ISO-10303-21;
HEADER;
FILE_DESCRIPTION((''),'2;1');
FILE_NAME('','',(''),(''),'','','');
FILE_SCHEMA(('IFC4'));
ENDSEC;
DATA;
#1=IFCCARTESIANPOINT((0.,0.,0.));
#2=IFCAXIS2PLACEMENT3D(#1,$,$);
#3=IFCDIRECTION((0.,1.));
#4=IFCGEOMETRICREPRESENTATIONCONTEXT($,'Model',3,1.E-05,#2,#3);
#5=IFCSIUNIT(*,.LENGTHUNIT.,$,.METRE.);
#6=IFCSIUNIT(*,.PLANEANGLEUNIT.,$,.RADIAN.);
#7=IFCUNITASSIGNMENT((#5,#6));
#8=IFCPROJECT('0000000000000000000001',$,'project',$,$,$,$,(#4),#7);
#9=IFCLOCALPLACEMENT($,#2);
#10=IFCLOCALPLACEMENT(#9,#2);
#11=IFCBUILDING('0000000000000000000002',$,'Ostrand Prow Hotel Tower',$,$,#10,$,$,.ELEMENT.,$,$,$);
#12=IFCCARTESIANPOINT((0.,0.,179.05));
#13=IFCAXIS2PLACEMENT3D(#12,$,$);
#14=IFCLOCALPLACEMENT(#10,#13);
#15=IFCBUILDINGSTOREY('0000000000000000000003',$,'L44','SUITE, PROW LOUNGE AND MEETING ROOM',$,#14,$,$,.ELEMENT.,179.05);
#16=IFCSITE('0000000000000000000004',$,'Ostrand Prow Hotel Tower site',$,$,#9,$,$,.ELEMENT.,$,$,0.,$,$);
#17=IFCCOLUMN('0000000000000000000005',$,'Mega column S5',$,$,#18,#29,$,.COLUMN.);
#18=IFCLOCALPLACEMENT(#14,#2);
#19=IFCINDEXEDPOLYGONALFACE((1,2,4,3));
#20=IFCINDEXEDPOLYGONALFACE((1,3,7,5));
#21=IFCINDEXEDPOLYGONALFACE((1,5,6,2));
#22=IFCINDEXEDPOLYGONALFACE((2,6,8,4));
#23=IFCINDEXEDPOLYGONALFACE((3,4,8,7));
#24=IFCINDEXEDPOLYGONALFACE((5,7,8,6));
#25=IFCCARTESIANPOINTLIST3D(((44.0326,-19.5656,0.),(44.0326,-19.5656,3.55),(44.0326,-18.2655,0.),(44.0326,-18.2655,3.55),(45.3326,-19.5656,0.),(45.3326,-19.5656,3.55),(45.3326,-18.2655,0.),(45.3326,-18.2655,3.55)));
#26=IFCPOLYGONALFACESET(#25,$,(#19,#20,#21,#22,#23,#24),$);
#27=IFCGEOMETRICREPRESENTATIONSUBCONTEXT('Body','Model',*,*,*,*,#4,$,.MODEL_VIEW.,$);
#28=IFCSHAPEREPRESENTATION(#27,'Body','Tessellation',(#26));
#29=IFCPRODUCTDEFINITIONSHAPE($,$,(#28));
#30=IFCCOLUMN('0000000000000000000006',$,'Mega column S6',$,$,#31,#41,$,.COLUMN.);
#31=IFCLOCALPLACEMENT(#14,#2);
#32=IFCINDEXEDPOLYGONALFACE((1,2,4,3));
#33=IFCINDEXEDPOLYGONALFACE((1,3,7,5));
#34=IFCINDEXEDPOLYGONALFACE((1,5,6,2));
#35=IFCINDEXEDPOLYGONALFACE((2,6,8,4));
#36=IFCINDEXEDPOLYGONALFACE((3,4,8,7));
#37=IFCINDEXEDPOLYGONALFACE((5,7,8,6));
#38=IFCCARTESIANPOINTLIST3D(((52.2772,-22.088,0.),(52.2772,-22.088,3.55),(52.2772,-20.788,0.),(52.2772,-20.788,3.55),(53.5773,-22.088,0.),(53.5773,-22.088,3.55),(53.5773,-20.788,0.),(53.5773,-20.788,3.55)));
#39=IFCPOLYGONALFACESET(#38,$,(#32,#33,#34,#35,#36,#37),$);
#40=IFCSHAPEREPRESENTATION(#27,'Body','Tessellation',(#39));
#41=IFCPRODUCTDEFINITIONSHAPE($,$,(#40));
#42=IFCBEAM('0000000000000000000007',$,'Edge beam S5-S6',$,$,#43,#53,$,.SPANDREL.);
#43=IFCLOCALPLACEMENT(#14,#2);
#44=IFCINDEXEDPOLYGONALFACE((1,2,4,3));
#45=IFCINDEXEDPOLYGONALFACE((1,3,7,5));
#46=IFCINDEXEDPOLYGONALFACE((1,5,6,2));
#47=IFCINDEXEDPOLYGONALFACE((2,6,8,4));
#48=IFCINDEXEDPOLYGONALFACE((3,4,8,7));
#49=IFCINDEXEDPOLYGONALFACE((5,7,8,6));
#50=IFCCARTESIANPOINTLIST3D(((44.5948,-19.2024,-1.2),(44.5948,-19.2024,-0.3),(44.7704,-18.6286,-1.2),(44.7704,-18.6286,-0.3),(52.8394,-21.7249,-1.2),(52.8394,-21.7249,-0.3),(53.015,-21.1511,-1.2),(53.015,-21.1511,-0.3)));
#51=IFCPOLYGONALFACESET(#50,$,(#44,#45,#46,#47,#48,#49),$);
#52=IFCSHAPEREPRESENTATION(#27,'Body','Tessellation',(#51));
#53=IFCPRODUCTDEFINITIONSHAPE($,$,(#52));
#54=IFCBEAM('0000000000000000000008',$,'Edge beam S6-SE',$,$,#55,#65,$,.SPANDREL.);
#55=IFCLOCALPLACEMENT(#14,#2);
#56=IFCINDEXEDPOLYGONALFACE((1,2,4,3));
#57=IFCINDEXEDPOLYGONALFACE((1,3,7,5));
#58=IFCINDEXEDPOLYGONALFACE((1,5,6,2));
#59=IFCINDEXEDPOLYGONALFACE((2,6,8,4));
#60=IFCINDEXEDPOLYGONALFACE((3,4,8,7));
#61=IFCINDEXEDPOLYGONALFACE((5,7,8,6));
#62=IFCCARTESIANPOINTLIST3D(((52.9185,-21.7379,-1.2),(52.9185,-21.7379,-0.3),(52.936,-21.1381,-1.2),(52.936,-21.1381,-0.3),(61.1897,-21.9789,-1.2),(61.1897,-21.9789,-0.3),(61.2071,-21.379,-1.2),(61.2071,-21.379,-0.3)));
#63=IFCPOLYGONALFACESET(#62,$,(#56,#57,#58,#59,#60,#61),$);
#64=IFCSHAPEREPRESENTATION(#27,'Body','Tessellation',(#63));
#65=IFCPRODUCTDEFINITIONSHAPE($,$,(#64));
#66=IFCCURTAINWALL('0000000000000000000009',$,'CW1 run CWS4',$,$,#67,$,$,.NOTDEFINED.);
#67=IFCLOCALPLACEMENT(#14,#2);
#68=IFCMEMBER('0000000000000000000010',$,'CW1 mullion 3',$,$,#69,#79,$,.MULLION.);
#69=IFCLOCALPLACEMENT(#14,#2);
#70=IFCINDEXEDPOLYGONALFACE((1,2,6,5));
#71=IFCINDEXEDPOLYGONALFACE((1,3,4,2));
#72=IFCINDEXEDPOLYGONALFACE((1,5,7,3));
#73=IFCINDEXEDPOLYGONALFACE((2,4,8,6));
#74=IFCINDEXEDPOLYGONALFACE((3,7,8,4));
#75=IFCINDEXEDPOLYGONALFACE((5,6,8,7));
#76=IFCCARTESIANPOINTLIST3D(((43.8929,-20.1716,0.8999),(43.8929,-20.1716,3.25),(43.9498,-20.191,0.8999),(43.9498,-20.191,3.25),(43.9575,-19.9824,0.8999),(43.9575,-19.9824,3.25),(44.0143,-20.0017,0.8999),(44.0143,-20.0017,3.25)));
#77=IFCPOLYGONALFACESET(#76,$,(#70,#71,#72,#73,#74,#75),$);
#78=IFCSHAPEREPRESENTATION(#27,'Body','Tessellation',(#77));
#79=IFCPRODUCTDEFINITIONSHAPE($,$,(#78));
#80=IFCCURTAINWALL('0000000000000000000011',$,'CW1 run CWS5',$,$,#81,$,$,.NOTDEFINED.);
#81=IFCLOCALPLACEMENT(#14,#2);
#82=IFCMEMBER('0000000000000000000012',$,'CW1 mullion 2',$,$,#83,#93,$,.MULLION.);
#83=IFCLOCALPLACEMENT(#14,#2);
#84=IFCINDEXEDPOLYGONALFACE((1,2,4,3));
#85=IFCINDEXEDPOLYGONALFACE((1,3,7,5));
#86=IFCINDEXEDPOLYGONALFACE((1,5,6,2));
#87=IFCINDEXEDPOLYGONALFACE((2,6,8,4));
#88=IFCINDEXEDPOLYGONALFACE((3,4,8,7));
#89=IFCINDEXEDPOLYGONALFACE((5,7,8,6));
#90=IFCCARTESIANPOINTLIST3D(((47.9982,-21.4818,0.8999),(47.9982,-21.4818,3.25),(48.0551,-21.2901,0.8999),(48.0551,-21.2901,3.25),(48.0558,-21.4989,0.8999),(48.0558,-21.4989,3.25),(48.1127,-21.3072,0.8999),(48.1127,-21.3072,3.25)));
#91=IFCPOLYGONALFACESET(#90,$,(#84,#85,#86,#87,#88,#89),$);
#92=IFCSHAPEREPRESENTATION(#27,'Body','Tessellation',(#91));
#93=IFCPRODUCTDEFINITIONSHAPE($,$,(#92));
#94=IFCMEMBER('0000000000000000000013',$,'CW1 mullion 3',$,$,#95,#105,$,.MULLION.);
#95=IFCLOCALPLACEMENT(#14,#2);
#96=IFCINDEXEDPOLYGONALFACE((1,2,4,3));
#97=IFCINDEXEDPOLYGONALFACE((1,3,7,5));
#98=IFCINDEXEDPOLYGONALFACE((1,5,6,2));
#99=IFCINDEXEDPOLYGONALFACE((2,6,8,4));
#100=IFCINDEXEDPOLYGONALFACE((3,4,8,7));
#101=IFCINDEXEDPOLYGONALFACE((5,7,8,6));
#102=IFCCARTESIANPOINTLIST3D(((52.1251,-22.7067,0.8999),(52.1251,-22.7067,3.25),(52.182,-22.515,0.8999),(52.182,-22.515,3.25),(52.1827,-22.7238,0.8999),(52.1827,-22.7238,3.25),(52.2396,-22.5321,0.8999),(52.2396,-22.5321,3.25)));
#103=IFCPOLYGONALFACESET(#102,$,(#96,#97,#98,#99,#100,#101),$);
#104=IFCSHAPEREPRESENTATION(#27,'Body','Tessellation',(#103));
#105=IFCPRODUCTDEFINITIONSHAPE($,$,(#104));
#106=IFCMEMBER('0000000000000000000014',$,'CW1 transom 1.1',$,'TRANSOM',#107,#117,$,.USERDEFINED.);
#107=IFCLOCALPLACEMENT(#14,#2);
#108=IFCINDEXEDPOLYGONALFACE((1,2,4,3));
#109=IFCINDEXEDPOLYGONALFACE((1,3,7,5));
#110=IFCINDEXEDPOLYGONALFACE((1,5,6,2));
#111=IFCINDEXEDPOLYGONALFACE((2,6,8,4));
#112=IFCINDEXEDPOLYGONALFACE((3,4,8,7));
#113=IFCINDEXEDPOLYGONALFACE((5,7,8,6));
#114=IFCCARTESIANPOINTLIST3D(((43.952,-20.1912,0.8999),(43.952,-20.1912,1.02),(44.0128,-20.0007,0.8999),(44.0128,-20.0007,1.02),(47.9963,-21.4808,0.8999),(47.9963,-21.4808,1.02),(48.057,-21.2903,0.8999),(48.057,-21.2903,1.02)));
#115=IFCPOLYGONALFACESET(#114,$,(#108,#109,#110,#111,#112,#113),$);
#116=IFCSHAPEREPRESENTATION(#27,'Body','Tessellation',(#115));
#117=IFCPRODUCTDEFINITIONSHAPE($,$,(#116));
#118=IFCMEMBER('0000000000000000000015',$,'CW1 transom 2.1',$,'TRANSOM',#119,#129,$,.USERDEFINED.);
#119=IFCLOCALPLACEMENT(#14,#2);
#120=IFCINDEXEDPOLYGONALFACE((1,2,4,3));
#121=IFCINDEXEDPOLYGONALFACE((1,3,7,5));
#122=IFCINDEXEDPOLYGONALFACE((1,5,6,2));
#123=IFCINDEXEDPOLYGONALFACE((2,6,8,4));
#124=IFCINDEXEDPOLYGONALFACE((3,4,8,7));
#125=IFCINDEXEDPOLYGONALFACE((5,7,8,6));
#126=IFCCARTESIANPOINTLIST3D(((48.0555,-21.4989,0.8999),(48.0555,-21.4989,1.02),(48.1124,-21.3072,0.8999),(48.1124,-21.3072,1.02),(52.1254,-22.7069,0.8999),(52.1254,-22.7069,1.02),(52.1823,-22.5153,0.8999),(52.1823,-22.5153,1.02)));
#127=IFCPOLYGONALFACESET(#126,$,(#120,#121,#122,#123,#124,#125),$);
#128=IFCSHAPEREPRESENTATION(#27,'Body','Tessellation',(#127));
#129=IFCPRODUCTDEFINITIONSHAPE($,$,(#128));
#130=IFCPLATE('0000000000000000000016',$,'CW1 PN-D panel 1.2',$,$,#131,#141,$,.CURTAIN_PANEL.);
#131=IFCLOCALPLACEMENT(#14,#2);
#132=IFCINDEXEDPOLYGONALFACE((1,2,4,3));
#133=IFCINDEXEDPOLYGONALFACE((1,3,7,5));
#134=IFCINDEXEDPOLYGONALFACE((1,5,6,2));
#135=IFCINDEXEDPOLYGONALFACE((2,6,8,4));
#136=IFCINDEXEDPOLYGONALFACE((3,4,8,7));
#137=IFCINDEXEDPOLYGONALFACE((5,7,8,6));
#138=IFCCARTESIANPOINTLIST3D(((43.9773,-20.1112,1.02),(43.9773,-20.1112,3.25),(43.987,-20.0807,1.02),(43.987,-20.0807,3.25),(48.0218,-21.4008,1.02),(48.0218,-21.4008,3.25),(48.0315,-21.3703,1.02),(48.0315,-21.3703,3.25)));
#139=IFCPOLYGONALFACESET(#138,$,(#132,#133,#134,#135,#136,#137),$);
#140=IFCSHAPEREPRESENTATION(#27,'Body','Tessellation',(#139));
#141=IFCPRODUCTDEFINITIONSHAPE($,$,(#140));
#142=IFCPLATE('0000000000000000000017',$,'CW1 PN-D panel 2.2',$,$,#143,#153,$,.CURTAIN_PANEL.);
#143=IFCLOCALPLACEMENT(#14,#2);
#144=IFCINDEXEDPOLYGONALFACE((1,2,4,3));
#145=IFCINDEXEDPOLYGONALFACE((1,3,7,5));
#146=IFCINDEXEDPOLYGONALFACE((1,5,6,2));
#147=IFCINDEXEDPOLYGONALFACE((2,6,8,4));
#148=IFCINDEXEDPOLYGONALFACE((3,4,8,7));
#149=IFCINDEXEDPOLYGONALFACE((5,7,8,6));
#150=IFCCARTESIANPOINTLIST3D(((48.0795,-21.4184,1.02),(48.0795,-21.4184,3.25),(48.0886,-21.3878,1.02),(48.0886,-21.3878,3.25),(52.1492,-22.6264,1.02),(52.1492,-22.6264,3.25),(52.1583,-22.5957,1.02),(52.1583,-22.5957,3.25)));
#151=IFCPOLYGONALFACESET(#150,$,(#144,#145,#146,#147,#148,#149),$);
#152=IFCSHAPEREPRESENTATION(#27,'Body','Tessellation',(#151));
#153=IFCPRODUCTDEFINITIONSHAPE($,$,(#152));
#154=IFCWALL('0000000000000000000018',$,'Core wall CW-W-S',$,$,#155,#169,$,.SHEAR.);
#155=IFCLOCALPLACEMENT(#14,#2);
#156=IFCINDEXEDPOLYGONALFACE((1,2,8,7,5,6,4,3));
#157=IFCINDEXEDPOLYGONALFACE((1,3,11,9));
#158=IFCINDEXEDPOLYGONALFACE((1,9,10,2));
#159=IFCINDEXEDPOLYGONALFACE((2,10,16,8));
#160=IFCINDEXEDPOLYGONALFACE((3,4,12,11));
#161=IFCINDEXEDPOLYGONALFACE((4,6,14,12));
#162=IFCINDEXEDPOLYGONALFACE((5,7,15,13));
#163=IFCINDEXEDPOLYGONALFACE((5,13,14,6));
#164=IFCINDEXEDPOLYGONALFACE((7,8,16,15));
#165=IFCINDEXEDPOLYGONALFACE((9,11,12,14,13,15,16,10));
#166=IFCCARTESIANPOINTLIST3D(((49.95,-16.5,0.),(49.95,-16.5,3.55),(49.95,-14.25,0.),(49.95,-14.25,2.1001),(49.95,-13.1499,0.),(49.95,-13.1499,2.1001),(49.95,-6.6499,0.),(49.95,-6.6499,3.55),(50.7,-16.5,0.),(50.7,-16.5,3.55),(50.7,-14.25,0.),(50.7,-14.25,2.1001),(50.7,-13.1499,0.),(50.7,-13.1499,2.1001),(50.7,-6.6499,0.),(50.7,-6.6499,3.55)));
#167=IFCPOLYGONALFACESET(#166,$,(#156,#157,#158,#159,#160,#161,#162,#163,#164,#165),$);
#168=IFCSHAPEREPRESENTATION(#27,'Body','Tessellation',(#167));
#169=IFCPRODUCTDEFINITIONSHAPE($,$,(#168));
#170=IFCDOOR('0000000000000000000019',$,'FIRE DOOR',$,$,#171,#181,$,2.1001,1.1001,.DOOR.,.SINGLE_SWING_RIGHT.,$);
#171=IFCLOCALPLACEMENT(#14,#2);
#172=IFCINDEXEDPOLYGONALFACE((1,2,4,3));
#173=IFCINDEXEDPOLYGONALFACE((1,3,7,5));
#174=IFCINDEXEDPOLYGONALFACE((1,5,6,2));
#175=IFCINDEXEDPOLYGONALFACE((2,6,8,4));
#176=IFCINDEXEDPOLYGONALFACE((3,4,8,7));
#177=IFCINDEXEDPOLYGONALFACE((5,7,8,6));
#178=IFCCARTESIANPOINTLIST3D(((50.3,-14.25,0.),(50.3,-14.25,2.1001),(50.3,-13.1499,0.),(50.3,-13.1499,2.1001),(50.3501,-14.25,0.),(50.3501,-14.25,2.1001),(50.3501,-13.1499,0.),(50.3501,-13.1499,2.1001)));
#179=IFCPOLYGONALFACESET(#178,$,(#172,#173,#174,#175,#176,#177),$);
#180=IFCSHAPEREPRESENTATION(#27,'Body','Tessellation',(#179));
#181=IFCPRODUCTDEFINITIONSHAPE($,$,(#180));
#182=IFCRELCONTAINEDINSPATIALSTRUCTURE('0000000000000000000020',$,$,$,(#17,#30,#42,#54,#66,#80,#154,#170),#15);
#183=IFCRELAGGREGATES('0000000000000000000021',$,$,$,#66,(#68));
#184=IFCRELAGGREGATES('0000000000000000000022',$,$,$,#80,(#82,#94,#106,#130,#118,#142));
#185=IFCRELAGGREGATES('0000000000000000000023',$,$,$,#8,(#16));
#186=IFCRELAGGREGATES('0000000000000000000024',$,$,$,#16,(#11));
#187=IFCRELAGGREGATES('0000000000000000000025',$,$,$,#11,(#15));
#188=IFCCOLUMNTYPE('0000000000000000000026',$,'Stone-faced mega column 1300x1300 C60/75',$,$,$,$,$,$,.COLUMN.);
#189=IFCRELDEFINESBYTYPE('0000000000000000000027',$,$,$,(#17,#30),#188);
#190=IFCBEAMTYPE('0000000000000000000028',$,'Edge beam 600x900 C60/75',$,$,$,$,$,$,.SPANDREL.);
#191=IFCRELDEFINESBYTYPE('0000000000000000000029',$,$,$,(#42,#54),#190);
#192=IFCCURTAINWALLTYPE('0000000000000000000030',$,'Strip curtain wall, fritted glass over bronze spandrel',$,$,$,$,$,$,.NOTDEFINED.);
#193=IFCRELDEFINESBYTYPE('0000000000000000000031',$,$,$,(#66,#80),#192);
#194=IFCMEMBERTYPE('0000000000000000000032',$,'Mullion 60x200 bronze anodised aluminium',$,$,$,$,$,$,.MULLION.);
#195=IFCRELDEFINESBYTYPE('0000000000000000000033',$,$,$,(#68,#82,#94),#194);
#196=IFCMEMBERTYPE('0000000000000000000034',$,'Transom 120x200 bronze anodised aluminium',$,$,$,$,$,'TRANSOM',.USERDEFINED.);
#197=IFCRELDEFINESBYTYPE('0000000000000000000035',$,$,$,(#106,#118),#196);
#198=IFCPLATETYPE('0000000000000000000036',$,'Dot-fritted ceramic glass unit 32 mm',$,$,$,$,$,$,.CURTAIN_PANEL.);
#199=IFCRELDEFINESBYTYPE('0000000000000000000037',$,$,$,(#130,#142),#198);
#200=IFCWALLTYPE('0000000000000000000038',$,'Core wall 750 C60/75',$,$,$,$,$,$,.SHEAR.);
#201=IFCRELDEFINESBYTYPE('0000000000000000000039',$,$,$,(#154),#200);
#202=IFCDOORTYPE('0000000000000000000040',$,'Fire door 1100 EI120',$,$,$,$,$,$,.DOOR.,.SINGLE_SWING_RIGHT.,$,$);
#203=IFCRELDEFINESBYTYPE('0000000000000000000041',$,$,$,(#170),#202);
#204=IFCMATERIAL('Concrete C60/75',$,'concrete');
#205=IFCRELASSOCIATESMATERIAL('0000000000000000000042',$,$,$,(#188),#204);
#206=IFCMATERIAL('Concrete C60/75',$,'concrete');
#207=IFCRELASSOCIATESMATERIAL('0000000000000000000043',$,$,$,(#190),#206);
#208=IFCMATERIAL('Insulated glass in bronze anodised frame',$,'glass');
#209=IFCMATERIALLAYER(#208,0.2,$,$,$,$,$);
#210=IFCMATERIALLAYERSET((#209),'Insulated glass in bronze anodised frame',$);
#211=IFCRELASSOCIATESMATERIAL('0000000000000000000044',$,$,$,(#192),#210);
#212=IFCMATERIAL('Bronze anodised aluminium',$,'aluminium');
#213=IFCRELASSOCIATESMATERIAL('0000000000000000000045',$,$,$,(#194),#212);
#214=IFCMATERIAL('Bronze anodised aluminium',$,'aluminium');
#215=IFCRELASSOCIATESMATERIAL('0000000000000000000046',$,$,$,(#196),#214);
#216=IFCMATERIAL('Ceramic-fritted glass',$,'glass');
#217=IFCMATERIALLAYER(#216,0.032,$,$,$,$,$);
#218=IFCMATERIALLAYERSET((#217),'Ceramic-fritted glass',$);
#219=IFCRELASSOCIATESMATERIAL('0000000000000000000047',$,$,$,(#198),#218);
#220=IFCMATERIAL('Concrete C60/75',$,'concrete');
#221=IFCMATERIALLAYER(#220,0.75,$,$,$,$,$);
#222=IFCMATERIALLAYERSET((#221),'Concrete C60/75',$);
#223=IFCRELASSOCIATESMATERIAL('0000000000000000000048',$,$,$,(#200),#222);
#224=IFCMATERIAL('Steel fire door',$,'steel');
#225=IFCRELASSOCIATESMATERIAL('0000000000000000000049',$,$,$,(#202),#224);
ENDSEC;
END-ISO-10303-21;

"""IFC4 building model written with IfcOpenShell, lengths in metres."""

from ifc_helpers import new_model, si_unit, direction, frame, frame_2d, origin, origin_2d, place, context, subcontext, project, spatial, rectangle, extrude, material, layer, layer_set, material_profile, profile_set, type_object, element, fill, aggregate, save


model = new_model("IFC4")

# Units and contexts
model_context = context("Model", 3, precision=1e-05, world=origin(), true_north=direction((0.0, 1.0)))
body_context = subcontext(model_context, "Body", "Model", "MODEL_VIEW")
ifc_project = project(units=[si_unit("LENGTHUNIT", "METRE"), si_unit("PLANEANGLEUNIT", "RADIAN")], contexts=[model_context])

# Site, building, storey
site_placement = place(None, origin())
site = spatial("IfcSite", under=ifc_project, at=site_placement, Name="Ostrand Prow Hotel Tower site", CompositionType="ELEMENT", RefElevation=0.0)
building_placement = place(site_placement, origin())
building = spatial("IfcBuilding", under=site, at=building_placement, Name="Ostrand Prow Hotel Tower", CompositionType="ELEMENT")
storey_placement = place(building_placement, frame((0.0, 0.0, 179.05)))
storey = spatial("IfcBuildingStorey", under=building, at=storey_placement, Name="L44", Description="SUITE, PROW LOUNGE AND MEETING ROOM", CompositionType="ELEMENT", Elevation=179.05)

# Columns
ifc_material_1 = material(Name="Concrete C60/75", Category="concrete")
ifc_material_profile_1 = material_profile(ifc_material_1, rectangle(XDim=1.3, YDim=1.3, at=origin_2d()), Name="RC 1300x1300")
ifc_profile_set_1 = profile_set([ifc_material_profile_1], Name="Concrete C60/75")
column_type = type_object("IfcColumnType", Name="Stone-faced mega column 1300x1300 C60/75", PredefinedType="COLUMN", material=ifc_profile_set_1)
for number, where, z_axis, x_axis, name in (
    (1, (44.6826, -18.9155, 0.0), (0.0, 0.0, 1.0), (1.0, 0.0, 0.0), "Mega column S5"),
    (2, (52.9272, -21.438, 0.0), (0.0, 0.0, 1.0), (1.0, 0.0, 0.0), "Mega column S6"),
):
    element("IfcColumn", number, at=place(storey_placement, frame(where, z_axis=z_axis, x_axis=x_axis)), inside=storey, type_object=column_type, Name=name, PredefinedType="COLUMN", context=body_context, shape_type="SweptSolid", body=[
        extrude(rectangle(XDim=1.3, YDim=1.3, at=origin_2d()), origin(), (0.0, 0.0, 1.0), 3.55),
    ])

# Beams
ifc_material_2 = material(Name="Concrete C60/75", Category="concrete")
ifc_material_profile_2 = material_profile(ifc_material_2, rectangle(XDim=0.6001, YDim=0.8999, at=origin_2d()), Name="RC 600x900")
ifc_profile_set_2 = profile_set([ifc_material_profile_2], Name="Concrete C60/75")
beam_type = type_object("IfcBeamType", Name="Edge beam 600x900 C60/75", PredefinedType="SPANDREL", material=ifc_profile_set_2)
beam_1_placement = place(storey_placement, frame((44.6826, -18.9155, -0.75), z_axis=(0.956246, -0.292565, 0.0), x_axis=(0.292565, 0.956246, 0.0)))
element("IfcBeam", 3, at=beam_1_placement, inside=storey, type_object=beam_type, Name="Edge beam S5-S6", PredefinedType="SPANDREL", context=body_context, shape_type="SweptSolid", body=[
    extrude(rectangle(XDim=0.6001, YDim=0.8999, at=origin_2d()), origin(), (0.0, 0.0, 1.0), 8.6218),
])
beam_2_placement = place(storey_placement, frame((52.9272, -21.438, -0.75), z_axis=(0.999576, -0.029121, 0.0), x_axis=(0.029121, 0.999576, 0.0)))
element("IfcBeam", 4, at=beam_2_placement, inside=storey, type_object=beam_type, Name="Edge beam S6-SE", PredefinedType="SPANDREL", context=body_context, shape_type="SweptSolid", body=[
    extrude(rectangle(XDim=0.6001, YDim=0.8999, at=origin_2d()), origin(), (0.0, 0.0, 1.0), 8.2747),
])

# Curtain wall, member
ifc_material_3 = material(Name="Insulated glass in bronze anodised frame", Category="glass")
ifc_layer_1 = layer(ifc_material_3, 0.2)
ifc_layer_set_1 = layer_set([ifc_layer_1], Name="Insulated glass in bronze anodised frame")
curtain_wall_type = type_object("IfcCurtainWallType", Name="Strip curtain wall, fritted glass over bronze spandrel", PredefinedType="NOTDEFINED", material=ifc_layer_set_1)
curtain_wall_1_placement = place(storey_placement, origin())
curtain_wall_1 = element("IfcCurtainWall", 5, at=curtain_wall_1_placement, inside=storey, type_object=curtain_wall_type, Name="CW1 run CWS4", PredefinedType="NOTDEFINED")
ifc_material_4 = material(Name="Bronze anodised aluminium", Category="aluminium")
ifc_material_profile_3 = material_profile(ifc_material_4, rectangle(XDim=0.2, YDim=0.0601, at=origin_2d()), Name="Mullion 60x200 bronze anodised aluminium")
ifc_profile_set_3 = profile_set([ifc_material_profile_3], Name="Bronze anodised aluminium")
member_type_1 = type_object("IfcMemberType", Name="Mullion 60x200 bronze anodised aluminium", PredefinedType="MULLION", material=ifc_profile_set_3)
member_1_placement = place(storey_placement, frame((43.9536, -20.0867, 0.8999), z_axis=(0.0, 0.0, 1.0), x_axis=(0.322908, 0.94643, 0.0)))
member_1 = element("IfcMember", 6, at=member_1_placement, type_object=member_type_1, Name="CW1 mullion 3", PredefinedType="MULLION", context=body_context, shape_type="SweptSolid", body=[
    extrude(rectangle(XDim=0.2, YDim=0.0601, at=origin_2d()), origin(), (0.0, 0.0, 1.0), 2.3501),
])
aggregate(curtain_wall_1, [member_1])

# Curtain wall, members, plates
curtain_wall_2_placement = place(storey_placement, origin())
curtain_wall_2 = element("IfcCurtainWall", 7, at=curtain_wall_2_placement, inside=storey, type_object=curtain_wall_type, Name="CW1 run CWS5", PredefinedType="NOTDEFINED")
member_2_placement = place(storey_placement, frame((48.0554, -21.3945, 0.8999), z_axis=(0.0, 0.0, 1.0), x_axis=(0.284544, 0.958663, 0.0)))
member_2 = element("IfcMember", 8, at=member_2_placement, type_object=member_type_1, Name="CW1 mullion 2", PredefinedType="MULLION", context=body_context, shape_type="SweptSolid", body=[
    extrude(rectangle(XDim=0.2, YDim=0.0601, at=origin_2d()), origin(), (0.0, 0.0, 1.0), 2.3501),
])
member_3_placement = place(storey_placement, frame((52.1824, -22.6194, 0.8999), z_axis=(0.0, 0.0, 1.0), x_axis=(0.284544, 0.958663, 0.0)))
member_3 = element("IfcMember", 9, at=member_3_placement, type_object=member_type_1, Name="CW1 mullion 3", PredefinedType="MULLION", context=body_context, shape_type="SweptSolid", body=[
    extrude(rectangle(XDim=0.2, YDim=0.0601, at=origin_2d()), origin(), (0.0, 0.0, 1.0), 2.3501),
])
ifc_material_5 = material(Name="Bronze anodised aluminium", Category="aluminium")
ifc_material_profile_4 = material_profile(ifc_material_5, rectangle(XDim=0.2, YDim=0.1201, at=origin_2d()), Name="Transom 120x200 bronze anodised aluminium")
ifc_profile_set_4 = profile_set([ifc_material_profile_4], Name="Bronze anodised aluminium")
member_type_2 = type_object("IfcMemberType", Name="Transom 120x200 bronze anodised aluminium", ElementType="TRANSOM", PredefinedType="USERDEFINED", material=ifc_profile_set_4)
member_4_placement = place(storey_placement, frame((43.9824, -20.0959, 0.96), z_axis=(0.952738, -0.303795, 0.0), x_axis=(0.303795, 0.952738, 0.0)))
member_4 = element("IfcMember", 10, at=member_4_placement, type_object=member_type_2, Name="CW1 transom 1.1", ObjectType="TRANSOM", PredefinedType="USERDEFINED", context=body_context, shape_type="SweptSolid", body=[
    extrude(rectangle(XDim=0.2, YDim=0.1201, at=origin_2d()), origin(), (0.0, 0.0, 1.0), 4.2449),
])
member_5_placement = place(storey_placement, frame((48.084, -21.4031, 0.96), z_axis=(0.958661, -0.28455, 0.0), x_axis=(0.28455, 0.958661, 0.0)))
member_5 = element("IfcMember", 11, at=member_5_placement, type_object=member_type_2, Name="CW1 transom 2.1", ObjectType="TRANSOM", PredefinedType="USERDEFINED", context=body_context, shape_type="SweptSolid", body=[
    extrude(rectangle(XDim=0.2, YDim=0.1201, at=origin_2d()), origin(), (0.0, 0.0, 1.0), 4.2454),
])
ifc_material_6 = material(Name="Ceramic-fritted glass", Category="glass")
ifc_layer_2 = layer(ifc_material_6, 0.032)
ifc_layer_set_2 = layer_set([ifc_layer_2], Name="Ceramic-fritted glass")
plate_type = type_object("IfcPlateType", Name="Dot-fritted ceramic glass unit 32 mm", PredefinedType="CURTAIN_PANEL", material=ifc_layer_set_2)
plate_1_placement = place(storey_placement, frame((46.0044, -20.7407, 1.02), z_axis=(0.0, 0.0, 1.0), x_axis=(0.95274, -0.303787, 0.0)))
plate_1 = element("IfcPlate", 12, at=plate_1_placement, type_object=plate_type, Name="CW1 PN-D panel 1.2", PredefinedType="CURTAIN_PANEL", context=body_context, shape_type="SweptSolid", body=[
    extrude(rectangle(XDim=4.2451, YDim=0.032, at=origin_2d()), origin(), (0.0, 0.0, 1.0), 2.23),
])
plate_2_placement = place(storey_placement, frame((50.1189, -22.0071, 1.02), z_axis=(0.0, 0.0, 1.0), x_axis=(0.958663, -0.284544, 0.0)))
plate_2 = element("IfcPlate", 13, at=plate_2_placement, type_object=plate_type, Name="CW1 PN-D panel 2.2", PredefinedType="CURTAIN_PANEL", context=body_context, shape_type="SweptSolid", body=[
    extrude(rectangle(XDim=4.2451, YDim=0.032, at=origin_2d()), origin(), (0.0, 0.0, 1.0), 2.23),
])
aggregate(curtain_wall_2, [member_2, member_3, member_4, plate_1, member_5, plate_2])

# Wall, opening, door
ifc_material_7 = material(Name="Concrete C60/75", Category="concrete")
ifc_layer_3 = layer(ifc_material_7, 0.75)
ifc_layer_set_3 = layer_set([ifc_layer_3], Name="Concrete C60/75")
wall_type_1 = type_object("IfcWallType", Name="Core wall 750 C60/75", PredefinedType="SHEAR", material=ifc_layer_set_3)
wall_1_placement = place(storey_placement, frame((50.325, -16.5, 0.0), z_axis=(0.0, 0.0, 1.0), x_axis=(0.0, 1.0, 0.0)))
wall_1 = element("IfcWall", 14, at=wall_1_placement, inside=storey, type_object=wall_type_1, Name="Core wall CW-W-S", PredefinedType="SHEAR", context=body_context, shape_type="SweptSolid", body=[
    extrude(rectangle(XDim=9.8501, YDim=0.75, at=frame_2d((4.925, 0.0))), origin(), (0.0, 0.0, 1.0), 3.55),
])
opening_1_placement = place(wall_1_placement, frame((2.25, 0.0, 0.0)))
opening_1 = element("IfcOpeningElement", 15, at=opening_1_placement, cuts=wall_1, PredefinedType="OPENING", context=body_context, shape_type="SweptSolid", body=[
    extrude(rectangle(XDim=1.1001, YDim=2.1001, at=frame_2d((0.55, 1.05))), frame((0.0, 0.385, 0.0), z_axis=(0.0, -1.0, 0.0), x_axis=(1.0, 0.0, 0.0)), (0.0, 0.0, 1.0), 0.77),
])
ifc_material_8 = material(Name="Steel fire door", Category="steel")
door_type_1 = type_object("IfcDoorType", Name="Fire door 1100 EI120", OperationType="SINGLE_SWING_RIGHT", PredefinedType="DOOR", material=ifc_material_8)
door_1_placement = place(opening_1_placement, origin())
door_1 = element("IfcDoor", 16, at=door_1_placement, inside=storey, type_object=door_type_1, Name="FIRE DOOR", OperationType="SINGLE_SWING_RIGHT", OverallHeight=2.1001, OverallWidth=1.1001, PredefinedType="DOOR", context=body_context, shape_type="SweptSolid", body=[
    extrude(rectangle(XDim=1.1001, YDim=2.1001, at=frame_2d((0.55, 1.05))), frame((0.0, 0.0249, 0.0), z_axis=(0.0, -1.0, 0.0), x_axis=(1.0, 0.0, 0.0)), (0.0, 0.0, 1.0), 0.05),
])
fill(opening_1, door_1)

save(model, "model.ifc")
